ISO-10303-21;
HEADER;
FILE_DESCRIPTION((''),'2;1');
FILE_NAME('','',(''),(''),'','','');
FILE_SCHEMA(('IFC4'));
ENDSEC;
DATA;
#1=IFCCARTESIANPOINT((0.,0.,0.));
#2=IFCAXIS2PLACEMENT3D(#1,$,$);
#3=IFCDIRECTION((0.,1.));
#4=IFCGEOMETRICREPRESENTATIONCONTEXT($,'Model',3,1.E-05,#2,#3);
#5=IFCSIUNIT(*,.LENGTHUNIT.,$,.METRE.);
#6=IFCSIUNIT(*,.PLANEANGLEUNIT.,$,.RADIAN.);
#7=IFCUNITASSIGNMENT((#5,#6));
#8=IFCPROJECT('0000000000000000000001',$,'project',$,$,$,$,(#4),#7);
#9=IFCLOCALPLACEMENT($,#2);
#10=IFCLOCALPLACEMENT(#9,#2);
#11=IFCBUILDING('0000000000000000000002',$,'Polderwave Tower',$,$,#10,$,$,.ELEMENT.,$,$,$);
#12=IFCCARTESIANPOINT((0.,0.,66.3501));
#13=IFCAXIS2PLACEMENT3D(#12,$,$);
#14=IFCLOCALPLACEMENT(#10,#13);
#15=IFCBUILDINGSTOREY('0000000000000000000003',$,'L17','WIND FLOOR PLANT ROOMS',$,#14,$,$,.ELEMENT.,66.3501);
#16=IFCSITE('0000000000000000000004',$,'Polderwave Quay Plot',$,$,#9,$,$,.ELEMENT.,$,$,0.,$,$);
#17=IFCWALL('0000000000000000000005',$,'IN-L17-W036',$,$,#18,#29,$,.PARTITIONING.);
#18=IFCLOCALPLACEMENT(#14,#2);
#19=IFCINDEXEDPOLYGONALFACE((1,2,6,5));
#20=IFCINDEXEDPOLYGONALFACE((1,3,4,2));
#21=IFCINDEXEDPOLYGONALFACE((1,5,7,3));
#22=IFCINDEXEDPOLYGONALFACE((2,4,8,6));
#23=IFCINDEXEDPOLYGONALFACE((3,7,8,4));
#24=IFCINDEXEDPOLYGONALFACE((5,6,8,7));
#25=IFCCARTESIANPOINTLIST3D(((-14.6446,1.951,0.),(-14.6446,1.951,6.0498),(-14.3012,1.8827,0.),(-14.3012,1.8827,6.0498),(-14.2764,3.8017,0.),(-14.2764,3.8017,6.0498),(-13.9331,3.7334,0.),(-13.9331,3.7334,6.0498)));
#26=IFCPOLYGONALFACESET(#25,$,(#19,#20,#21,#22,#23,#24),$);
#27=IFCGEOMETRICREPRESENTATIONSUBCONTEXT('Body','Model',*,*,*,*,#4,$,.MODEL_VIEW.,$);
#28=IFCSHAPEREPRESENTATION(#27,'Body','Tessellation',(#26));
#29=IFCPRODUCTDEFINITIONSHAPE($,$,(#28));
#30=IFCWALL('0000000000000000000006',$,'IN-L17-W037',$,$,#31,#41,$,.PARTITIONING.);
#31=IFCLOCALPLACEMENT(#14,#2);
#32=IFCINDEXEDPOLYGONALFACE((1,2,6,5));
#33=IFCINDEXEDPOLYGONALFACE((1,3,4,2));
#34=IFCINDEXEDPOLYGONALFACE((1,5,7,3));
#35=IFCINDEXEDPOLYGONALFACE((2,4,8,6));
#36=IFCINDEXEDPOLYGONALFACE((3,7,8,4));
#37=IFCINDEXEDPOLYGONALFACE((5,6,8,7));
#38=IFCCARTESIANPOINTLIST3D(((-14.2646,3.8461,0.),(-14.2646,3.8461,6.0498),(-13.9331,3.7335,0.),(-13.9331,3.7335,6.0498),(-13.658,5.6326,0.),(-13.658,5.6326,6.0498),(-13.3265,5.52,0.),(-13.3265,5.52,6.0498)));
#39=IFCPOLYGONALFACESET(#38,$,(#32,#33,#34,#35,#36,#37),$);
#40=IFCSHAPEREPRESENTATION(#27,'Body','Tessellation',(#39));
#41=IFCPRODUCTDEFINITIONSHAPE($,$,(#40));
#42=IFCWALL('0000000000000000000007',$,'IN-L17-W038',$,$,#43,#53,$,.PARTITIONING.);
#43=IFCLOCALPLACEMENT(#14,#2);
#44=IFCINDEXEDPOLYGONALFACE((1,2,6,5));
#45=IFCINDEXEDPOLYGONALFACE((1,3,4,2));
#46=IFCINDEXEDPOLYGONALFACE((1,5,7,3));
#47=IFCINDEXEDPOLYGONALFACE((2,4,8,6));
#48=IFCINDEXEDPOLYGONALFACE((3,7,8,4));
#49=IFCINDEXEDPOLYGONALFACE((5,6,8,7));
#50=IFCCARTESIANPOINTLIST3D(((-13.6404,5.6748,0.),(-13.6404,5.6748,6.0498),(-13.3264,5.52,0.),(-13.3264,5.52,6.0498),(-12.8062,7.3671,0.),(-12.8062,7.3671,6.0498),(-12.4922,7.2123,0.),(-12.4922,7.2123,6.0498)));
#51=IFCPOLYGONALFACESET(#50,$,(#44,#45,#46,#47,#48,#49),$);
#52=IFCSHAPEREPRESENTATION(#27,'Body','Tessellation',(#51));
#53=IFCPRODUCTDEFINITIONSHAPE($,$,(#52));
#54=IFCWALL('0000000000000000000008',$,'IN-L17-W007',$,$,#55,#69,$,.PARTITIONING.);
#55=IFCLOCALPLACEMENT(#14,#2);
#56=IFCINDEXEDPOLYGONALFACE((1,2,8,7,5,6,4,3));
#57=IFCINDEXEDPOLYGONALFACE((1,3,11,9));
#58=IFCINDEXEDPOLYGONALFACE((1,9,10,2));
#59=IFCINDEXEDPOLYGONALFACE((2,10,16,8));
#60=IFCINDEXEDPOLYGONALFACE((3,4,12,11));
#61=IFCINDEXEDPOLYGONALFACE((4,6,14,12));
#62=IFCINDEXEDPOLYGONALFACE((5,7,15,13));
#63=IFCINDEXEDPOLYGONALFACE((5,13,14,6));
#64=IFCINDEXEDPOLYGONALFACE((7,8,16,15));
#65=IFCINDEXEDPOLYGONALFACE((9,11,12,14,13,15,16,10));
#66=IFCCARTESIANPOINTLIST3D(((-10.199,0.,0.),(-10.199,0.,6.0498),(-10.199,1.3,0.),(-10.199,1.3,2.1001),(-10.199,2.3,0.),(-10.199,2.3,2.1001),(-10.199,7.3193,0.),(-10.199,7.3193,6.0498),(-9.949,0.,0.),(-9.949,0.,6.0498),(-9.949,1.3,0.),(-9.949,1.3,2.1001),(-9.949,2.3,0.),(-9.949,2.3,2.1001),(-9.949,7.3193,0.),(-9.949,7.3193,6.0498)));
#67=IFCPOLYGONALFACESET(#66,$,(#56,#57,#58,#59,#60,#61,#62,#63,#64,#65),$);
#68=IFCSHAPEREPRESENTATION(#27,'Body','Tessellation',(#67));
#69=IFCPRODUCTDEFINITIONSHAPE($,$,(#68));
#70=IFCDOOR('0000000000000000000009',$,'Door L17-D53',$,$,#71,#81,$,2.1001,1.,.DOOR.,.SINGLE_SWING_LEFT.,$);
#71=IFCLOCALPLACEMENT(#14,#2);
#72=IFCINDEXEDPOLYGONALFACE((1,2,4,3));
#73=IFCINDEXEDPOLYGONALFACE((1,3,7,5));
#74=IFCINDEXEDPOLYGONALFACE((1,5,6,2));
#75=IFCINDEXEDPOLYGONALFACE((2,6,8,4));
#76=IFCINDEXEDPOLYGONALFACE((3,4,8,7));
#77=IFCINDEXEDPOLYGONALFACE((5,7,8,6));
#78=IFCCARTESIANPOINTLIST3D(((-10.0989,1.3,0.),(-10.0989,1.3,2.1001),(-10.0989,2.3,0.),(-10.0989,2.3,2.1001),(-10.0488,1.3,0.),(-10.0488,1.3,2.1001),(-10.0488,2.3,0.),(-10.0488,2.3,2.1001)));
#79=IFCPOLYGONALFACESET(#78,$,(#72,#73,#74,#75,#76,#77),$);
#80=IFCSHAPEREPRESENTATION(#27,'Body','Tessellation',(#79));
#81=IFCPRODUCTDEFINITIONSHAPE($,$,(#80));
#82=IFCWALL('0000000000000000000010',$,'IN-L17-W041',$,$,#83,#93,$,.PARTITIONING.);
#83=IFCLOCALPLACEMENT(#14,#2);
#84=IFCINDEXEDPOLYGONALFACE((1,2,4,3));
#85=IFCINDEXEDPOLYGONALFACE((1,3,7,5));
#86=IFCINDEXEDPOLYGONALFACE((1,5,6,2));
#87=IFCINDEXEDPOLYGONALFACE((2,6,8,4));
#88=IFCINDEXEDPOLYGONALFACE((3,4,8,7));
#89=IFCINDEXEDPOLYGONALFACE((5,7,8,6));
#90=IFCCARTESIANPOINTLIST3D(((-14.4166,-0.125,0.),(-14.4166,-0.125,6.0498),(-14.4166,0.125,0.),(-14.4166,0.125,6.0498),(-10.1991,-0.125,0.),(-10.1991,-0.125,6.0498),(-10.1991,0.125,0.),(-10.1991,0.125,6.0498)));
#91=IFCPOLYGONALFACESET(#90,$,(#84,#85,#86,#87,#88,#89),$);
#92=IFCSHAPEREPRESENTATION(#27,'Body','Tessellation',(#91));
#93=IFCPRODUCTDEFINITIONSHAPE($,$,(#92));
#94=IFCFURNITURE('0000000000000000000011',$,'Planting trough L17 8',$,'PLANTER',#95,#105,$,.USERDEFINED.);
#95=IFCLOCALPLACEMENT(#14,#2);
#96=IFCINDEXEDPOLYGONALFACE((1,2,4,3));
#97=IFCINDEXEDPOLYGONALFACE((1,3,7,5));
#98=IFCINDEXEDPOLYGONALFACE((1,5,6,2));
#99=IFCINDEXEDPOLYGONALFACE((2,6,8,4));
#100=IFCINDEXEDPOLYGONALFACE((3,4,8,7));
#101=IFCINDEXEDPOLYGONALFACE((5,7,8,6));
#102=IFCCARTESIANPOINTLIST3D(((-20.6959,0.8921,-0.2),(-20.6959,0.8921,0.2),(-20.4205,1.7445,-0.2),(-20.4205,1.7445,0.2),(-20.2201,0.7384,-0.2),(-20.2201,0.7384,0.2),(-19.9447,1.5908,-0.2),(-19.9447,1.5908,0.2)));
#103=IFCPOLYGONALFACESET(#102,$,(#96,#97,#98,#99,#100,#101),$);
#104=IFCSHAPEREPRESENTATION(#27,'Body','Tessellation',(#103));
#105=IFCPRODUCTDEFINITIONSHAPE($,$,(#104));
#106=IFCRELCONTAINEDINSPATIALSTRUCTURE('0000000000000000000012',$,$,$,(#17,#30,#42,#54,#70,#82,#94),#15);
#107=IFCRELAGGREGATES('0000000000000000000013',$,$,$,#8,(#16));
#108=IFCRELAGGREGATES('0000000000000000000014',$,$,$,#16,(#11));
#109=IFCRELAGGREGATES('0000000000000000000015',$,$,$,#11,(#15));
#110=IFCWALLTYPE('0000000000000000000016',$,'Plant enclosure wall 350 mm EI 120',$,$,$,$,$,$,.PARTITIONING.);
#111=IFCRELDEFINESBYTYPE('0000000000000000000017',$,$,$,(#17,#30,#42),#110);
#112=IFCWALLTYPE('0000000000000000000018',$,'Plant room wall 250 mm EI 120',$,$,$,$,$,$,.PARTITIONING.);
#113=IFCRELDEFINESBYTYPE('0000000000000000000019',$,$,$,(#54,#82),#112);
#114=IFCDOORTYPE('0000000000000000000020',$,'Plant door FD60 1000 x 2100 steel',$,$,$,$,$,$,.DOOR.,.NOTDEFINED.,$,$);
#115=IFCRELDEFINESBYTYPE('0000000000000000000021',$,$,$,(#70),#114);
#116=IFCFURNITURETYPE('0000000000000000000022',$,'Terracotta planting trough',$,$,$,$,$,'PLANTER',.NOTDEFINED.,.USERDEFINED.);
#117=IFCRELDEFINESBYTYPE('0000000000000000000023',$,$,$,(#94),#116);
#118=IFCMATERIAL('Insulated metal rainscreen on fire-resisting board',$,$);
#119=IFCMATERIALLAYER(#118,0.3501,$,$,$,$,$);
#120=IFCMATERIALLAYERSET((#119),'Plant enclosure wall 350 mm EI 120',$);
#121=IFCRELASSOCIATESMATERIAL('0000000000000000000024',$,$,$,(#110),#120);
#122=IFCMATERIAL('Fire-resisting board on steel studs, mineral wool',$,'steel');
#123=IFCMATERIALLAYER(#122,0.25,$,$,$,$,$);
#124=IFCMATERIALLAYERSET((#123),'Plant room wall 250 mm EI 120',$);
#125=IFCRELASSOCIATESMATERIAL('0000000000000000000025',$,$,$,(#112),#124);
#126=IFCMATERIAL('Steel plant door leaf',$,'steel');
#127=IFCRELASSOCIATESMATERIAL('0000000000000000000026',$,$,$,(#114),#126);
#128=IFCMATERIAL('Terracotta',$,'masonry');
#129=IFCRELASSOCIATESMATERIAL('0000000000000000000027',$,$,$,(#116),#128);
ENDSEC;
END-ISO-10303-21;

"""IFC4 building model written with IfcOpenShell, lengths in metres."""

from ifc_helpers import new_model, si_unit, direction, frame, frame_2d, origin, origin_2d, place, context, subcontext, project, spatial, rectangle, extrude, material, layer, layer_set, type_object, element, fill, save


model = new_model("IFC4")

# Units and contexts
model_context = context("Model", 3, precision=1e-05, world=origin(), true_north=direction((0.0, 1.0)))
body_context = subcontext(model_context, "Body", "Model", "MODEL_VIEW")
ifc_project = project(units=[si_unit("LENGTHUNIT", "METRE"), si_unit("PLANEANGLEUNIT", "RADIAN")], contexts=[model_context])

# Site, building, storey
site_placement = place(None, origin())
site = spatial("IfcSite", under=ifc_project, at=site_placement, Name="Polderwave Quay Plot", CompositionType="ELEMENT", RefElevation=0.0)
building_placement = place(site_placement, origin())
building = spatial("IfcBuilding", under=site, at=building_placement, Name="Polderwave Tower", CompositionType="ELEMENT")
storey_placement = place(building_placement, frame((0.0, 0.0, 66.3501)))
storey = spatial("IfcBuildingStorey", under=building, at=storey_placement, Name="L17", Description="WIND FLOOR PLANT ROOMS", CompositionType="ELEMENT", Elevation=66.3501)

# Walls
ifc_material_1 = material(Name="Insulated metal rainscreen on fire-resisting board")
ifc_layer_1 = layer(ifc_material_1, 0.3501)
ifc_layer_set_1 = layer_set([ifc_layer_1], Name="Plant enclosure wall 350 mm EI 120")
wall_type_1 = type_object("IfcWallType", Name="Plant enclosure wall 350 mm EI 120", PredefinedType="PARTITIONING", material=ifc_layer_set_1)
wall_1_placement = place(storey_placement, frame((-14.4729, 1.917, 0.0), z_axis=(0.0, 0.0, 1.0), x_axis=(0.195121, 0.980779, 0.0)))
element("IfcWall", 1, at=wall_1_placement, inside=storey, type_object=wall_type_1, Name="IN-L17-W036", PredefinedType="PARTITIONING", context=body_context, shape_type="SweptSolid", body=[
    extrude(rectangle(XDim=1.887, YDim=0.3501, at=frame_2d((0.9434, 0.0))), origin(), (0.0, 0.0, 1.0), 6.0498),
])
for number, where, z_axis, x_axis, name in (
    (2, (-14.0989, 3.7898, 0.0), (0.0, 0.0, 1.0), (0.321541, 0.946896, 0.0), "IN-L17-W037"),
    (3, (-13.4834, 5.5974, 0.0), (0.0, 0.0, 1.0), (0.442134, 0.896949, 0.0), "IN-L17-W038"),
):
    element("IfcWall", number, at=place(storey_placement, frame(where, z_axis=z_axis, x_axis=x_axis)), inside=storey, type_object=wall_type_1, Name=name, PredefinedType="PARTITIONING", context=body_context, shape_type="SweptSolid", body=[
        extrude(rectangle(XDim=1.8867, YDim=0.3501, at=frame_2d((0.9434, 0.0))), origin(), (0.0, 0.0, 1.0), 6.0498),
    ])

# Wall, opening, door
ifc_material_2 = material(Name="Fire-resisting board on steel studs, mineral wool", Category="steel")
ifc_layer_2 = layer(ifc_material_2, 0.25)
ifc_layer_set_2 = layer_set([ifc_layer_2], Name="Plant room wall 250 mm EI 120")
wall_type_2 = type_object("IfcWallType", Name="Plant room wall 250 mm EI 120", PredefinedType="PARTITIONING", material=ifc_layer_set_2)
wall_2_placement = place(storey_placement, frame((-10.074, 0.0, 0.0), z_axis=(0.0, 0.0, 1.0), x_axis=(0.0, 1.0, 0.0)))
wall_2 = element("IfcWall", 4, at=wall_2_placement, inside=storey, type_object=wall_type_2, Name="IN-L17-W007", PredefinedType="PARTITIONING", context=body_context, shape_type="SweptSolid", body=[
    extrude(rectangle(XDim=7.3193, YDim=0.25, at=frame_2d((3.6597, 0.0))), origin(), (0.0, 0.0, 1.0), 6.0498),
])
opening_placement = place(wall_2_placement, frame((1.3, 0.0, 0.0)))
opening = element("IfcOpeningElement", 5, at=opening_placement, cuts=wall_2, PredefinedType="OPENING", context=body_context, shape_type="SweptSolid", body=[
    extrude(rectangle(XDim=1.0, YDim=2.1001, at=frame_2d((0.5, 1.05))), frame((0.0, 0.135, 0.0), z_axis=(0.0, -1.0, 0.0), x_axis=(1.0, 0.0, 0.0)), (0.0, 0.0, 1.0), 0.27),
])
ifc_material_3 = material(Name="Steel plant door leaf", Category="steel")
door_type = type_object("IfcDoorType", Name="Plant door FD60 1000 x 2100 steel", OperationType="NOTDEFINED", PredefinedType="DOOR", material=ifc_material_3)
door_placement = place(opening_placement, origin())
door = element("IfcDoor", 6, at=door_placement, inside=storey, type_object=door_type, Name="Door L17-D53", OperationType="SINGLE_SWING_LEFT", OverallHeight=2.1001, OverallWidth=1.0, PredefinedType="DOOR", context=body_context, shape_type="SweptSolid", body=[
    extrude(rectangle(XDim=1.0, YDim=2.1001, at=frame_2d((0.5, 1.05))), frame((0.0, 0.0249, 0.0), z_axis=(0.0, -1.0, 0.0), x_axis=(1.0, 0.0, 0.0)), (0.0, 0.0, 1.0), 0.05),
])
fill(opening, door)

# Wall
wall_3_placement = place(storey_placement, frame((-10.199, 0.0, 0.0), z_axis=(0.0, 0.0, 1.0), x_axis=(-1.0, 0.0, 0.0)))
element("IfcWall", 7, at=wall_3_placement, inside=storey, type_object=wall_type_2, Name="IN-L17-W041", PredefinedType="PARTITIONING", context=body_context, shape_type="SweptSolid", body=[
    extrude(rectangle(XDim=4.2175, YDim=0.25, at=frame_2d((2.1089, 0.0))), origin(), (0.0, 0.0, 1.0), 6.0498),
])

# Furniture
ifc_material_4 = material(Name="Terracotta", Category="masonry")
furniture_type = type_object("IfcFurnitureType", Name="Terracotta planting trough", ElementType="PLANTER", AssemblyPlace="NOTDEFINED", PredefinedType="USERDEFINED", material=ifc_material_4)
furniture_placement = place(storey_placement, frame((-20.3203, 1.2415, -0.2), z_axis=(0.0, 0.0, 1.0), x_axis=(-0.307416, -0.951575, 0.0)))
element("IfcFurniture", 8, at=furniture_placement, inside=storey, type_object=furniture_type, Name="Planting trough L17 8", ObjectType="PLANTER", PredefinedType="USERDEFINED", context=body_context, shape_type="SweptSolid", body=[
    extrude(rectangle(XDim=0.8958, YDim=0.5, at=origin_2d()), origin(), (0.0, 0.0, 1.0), 0.3999),
])

save(model, "model.ifc")
